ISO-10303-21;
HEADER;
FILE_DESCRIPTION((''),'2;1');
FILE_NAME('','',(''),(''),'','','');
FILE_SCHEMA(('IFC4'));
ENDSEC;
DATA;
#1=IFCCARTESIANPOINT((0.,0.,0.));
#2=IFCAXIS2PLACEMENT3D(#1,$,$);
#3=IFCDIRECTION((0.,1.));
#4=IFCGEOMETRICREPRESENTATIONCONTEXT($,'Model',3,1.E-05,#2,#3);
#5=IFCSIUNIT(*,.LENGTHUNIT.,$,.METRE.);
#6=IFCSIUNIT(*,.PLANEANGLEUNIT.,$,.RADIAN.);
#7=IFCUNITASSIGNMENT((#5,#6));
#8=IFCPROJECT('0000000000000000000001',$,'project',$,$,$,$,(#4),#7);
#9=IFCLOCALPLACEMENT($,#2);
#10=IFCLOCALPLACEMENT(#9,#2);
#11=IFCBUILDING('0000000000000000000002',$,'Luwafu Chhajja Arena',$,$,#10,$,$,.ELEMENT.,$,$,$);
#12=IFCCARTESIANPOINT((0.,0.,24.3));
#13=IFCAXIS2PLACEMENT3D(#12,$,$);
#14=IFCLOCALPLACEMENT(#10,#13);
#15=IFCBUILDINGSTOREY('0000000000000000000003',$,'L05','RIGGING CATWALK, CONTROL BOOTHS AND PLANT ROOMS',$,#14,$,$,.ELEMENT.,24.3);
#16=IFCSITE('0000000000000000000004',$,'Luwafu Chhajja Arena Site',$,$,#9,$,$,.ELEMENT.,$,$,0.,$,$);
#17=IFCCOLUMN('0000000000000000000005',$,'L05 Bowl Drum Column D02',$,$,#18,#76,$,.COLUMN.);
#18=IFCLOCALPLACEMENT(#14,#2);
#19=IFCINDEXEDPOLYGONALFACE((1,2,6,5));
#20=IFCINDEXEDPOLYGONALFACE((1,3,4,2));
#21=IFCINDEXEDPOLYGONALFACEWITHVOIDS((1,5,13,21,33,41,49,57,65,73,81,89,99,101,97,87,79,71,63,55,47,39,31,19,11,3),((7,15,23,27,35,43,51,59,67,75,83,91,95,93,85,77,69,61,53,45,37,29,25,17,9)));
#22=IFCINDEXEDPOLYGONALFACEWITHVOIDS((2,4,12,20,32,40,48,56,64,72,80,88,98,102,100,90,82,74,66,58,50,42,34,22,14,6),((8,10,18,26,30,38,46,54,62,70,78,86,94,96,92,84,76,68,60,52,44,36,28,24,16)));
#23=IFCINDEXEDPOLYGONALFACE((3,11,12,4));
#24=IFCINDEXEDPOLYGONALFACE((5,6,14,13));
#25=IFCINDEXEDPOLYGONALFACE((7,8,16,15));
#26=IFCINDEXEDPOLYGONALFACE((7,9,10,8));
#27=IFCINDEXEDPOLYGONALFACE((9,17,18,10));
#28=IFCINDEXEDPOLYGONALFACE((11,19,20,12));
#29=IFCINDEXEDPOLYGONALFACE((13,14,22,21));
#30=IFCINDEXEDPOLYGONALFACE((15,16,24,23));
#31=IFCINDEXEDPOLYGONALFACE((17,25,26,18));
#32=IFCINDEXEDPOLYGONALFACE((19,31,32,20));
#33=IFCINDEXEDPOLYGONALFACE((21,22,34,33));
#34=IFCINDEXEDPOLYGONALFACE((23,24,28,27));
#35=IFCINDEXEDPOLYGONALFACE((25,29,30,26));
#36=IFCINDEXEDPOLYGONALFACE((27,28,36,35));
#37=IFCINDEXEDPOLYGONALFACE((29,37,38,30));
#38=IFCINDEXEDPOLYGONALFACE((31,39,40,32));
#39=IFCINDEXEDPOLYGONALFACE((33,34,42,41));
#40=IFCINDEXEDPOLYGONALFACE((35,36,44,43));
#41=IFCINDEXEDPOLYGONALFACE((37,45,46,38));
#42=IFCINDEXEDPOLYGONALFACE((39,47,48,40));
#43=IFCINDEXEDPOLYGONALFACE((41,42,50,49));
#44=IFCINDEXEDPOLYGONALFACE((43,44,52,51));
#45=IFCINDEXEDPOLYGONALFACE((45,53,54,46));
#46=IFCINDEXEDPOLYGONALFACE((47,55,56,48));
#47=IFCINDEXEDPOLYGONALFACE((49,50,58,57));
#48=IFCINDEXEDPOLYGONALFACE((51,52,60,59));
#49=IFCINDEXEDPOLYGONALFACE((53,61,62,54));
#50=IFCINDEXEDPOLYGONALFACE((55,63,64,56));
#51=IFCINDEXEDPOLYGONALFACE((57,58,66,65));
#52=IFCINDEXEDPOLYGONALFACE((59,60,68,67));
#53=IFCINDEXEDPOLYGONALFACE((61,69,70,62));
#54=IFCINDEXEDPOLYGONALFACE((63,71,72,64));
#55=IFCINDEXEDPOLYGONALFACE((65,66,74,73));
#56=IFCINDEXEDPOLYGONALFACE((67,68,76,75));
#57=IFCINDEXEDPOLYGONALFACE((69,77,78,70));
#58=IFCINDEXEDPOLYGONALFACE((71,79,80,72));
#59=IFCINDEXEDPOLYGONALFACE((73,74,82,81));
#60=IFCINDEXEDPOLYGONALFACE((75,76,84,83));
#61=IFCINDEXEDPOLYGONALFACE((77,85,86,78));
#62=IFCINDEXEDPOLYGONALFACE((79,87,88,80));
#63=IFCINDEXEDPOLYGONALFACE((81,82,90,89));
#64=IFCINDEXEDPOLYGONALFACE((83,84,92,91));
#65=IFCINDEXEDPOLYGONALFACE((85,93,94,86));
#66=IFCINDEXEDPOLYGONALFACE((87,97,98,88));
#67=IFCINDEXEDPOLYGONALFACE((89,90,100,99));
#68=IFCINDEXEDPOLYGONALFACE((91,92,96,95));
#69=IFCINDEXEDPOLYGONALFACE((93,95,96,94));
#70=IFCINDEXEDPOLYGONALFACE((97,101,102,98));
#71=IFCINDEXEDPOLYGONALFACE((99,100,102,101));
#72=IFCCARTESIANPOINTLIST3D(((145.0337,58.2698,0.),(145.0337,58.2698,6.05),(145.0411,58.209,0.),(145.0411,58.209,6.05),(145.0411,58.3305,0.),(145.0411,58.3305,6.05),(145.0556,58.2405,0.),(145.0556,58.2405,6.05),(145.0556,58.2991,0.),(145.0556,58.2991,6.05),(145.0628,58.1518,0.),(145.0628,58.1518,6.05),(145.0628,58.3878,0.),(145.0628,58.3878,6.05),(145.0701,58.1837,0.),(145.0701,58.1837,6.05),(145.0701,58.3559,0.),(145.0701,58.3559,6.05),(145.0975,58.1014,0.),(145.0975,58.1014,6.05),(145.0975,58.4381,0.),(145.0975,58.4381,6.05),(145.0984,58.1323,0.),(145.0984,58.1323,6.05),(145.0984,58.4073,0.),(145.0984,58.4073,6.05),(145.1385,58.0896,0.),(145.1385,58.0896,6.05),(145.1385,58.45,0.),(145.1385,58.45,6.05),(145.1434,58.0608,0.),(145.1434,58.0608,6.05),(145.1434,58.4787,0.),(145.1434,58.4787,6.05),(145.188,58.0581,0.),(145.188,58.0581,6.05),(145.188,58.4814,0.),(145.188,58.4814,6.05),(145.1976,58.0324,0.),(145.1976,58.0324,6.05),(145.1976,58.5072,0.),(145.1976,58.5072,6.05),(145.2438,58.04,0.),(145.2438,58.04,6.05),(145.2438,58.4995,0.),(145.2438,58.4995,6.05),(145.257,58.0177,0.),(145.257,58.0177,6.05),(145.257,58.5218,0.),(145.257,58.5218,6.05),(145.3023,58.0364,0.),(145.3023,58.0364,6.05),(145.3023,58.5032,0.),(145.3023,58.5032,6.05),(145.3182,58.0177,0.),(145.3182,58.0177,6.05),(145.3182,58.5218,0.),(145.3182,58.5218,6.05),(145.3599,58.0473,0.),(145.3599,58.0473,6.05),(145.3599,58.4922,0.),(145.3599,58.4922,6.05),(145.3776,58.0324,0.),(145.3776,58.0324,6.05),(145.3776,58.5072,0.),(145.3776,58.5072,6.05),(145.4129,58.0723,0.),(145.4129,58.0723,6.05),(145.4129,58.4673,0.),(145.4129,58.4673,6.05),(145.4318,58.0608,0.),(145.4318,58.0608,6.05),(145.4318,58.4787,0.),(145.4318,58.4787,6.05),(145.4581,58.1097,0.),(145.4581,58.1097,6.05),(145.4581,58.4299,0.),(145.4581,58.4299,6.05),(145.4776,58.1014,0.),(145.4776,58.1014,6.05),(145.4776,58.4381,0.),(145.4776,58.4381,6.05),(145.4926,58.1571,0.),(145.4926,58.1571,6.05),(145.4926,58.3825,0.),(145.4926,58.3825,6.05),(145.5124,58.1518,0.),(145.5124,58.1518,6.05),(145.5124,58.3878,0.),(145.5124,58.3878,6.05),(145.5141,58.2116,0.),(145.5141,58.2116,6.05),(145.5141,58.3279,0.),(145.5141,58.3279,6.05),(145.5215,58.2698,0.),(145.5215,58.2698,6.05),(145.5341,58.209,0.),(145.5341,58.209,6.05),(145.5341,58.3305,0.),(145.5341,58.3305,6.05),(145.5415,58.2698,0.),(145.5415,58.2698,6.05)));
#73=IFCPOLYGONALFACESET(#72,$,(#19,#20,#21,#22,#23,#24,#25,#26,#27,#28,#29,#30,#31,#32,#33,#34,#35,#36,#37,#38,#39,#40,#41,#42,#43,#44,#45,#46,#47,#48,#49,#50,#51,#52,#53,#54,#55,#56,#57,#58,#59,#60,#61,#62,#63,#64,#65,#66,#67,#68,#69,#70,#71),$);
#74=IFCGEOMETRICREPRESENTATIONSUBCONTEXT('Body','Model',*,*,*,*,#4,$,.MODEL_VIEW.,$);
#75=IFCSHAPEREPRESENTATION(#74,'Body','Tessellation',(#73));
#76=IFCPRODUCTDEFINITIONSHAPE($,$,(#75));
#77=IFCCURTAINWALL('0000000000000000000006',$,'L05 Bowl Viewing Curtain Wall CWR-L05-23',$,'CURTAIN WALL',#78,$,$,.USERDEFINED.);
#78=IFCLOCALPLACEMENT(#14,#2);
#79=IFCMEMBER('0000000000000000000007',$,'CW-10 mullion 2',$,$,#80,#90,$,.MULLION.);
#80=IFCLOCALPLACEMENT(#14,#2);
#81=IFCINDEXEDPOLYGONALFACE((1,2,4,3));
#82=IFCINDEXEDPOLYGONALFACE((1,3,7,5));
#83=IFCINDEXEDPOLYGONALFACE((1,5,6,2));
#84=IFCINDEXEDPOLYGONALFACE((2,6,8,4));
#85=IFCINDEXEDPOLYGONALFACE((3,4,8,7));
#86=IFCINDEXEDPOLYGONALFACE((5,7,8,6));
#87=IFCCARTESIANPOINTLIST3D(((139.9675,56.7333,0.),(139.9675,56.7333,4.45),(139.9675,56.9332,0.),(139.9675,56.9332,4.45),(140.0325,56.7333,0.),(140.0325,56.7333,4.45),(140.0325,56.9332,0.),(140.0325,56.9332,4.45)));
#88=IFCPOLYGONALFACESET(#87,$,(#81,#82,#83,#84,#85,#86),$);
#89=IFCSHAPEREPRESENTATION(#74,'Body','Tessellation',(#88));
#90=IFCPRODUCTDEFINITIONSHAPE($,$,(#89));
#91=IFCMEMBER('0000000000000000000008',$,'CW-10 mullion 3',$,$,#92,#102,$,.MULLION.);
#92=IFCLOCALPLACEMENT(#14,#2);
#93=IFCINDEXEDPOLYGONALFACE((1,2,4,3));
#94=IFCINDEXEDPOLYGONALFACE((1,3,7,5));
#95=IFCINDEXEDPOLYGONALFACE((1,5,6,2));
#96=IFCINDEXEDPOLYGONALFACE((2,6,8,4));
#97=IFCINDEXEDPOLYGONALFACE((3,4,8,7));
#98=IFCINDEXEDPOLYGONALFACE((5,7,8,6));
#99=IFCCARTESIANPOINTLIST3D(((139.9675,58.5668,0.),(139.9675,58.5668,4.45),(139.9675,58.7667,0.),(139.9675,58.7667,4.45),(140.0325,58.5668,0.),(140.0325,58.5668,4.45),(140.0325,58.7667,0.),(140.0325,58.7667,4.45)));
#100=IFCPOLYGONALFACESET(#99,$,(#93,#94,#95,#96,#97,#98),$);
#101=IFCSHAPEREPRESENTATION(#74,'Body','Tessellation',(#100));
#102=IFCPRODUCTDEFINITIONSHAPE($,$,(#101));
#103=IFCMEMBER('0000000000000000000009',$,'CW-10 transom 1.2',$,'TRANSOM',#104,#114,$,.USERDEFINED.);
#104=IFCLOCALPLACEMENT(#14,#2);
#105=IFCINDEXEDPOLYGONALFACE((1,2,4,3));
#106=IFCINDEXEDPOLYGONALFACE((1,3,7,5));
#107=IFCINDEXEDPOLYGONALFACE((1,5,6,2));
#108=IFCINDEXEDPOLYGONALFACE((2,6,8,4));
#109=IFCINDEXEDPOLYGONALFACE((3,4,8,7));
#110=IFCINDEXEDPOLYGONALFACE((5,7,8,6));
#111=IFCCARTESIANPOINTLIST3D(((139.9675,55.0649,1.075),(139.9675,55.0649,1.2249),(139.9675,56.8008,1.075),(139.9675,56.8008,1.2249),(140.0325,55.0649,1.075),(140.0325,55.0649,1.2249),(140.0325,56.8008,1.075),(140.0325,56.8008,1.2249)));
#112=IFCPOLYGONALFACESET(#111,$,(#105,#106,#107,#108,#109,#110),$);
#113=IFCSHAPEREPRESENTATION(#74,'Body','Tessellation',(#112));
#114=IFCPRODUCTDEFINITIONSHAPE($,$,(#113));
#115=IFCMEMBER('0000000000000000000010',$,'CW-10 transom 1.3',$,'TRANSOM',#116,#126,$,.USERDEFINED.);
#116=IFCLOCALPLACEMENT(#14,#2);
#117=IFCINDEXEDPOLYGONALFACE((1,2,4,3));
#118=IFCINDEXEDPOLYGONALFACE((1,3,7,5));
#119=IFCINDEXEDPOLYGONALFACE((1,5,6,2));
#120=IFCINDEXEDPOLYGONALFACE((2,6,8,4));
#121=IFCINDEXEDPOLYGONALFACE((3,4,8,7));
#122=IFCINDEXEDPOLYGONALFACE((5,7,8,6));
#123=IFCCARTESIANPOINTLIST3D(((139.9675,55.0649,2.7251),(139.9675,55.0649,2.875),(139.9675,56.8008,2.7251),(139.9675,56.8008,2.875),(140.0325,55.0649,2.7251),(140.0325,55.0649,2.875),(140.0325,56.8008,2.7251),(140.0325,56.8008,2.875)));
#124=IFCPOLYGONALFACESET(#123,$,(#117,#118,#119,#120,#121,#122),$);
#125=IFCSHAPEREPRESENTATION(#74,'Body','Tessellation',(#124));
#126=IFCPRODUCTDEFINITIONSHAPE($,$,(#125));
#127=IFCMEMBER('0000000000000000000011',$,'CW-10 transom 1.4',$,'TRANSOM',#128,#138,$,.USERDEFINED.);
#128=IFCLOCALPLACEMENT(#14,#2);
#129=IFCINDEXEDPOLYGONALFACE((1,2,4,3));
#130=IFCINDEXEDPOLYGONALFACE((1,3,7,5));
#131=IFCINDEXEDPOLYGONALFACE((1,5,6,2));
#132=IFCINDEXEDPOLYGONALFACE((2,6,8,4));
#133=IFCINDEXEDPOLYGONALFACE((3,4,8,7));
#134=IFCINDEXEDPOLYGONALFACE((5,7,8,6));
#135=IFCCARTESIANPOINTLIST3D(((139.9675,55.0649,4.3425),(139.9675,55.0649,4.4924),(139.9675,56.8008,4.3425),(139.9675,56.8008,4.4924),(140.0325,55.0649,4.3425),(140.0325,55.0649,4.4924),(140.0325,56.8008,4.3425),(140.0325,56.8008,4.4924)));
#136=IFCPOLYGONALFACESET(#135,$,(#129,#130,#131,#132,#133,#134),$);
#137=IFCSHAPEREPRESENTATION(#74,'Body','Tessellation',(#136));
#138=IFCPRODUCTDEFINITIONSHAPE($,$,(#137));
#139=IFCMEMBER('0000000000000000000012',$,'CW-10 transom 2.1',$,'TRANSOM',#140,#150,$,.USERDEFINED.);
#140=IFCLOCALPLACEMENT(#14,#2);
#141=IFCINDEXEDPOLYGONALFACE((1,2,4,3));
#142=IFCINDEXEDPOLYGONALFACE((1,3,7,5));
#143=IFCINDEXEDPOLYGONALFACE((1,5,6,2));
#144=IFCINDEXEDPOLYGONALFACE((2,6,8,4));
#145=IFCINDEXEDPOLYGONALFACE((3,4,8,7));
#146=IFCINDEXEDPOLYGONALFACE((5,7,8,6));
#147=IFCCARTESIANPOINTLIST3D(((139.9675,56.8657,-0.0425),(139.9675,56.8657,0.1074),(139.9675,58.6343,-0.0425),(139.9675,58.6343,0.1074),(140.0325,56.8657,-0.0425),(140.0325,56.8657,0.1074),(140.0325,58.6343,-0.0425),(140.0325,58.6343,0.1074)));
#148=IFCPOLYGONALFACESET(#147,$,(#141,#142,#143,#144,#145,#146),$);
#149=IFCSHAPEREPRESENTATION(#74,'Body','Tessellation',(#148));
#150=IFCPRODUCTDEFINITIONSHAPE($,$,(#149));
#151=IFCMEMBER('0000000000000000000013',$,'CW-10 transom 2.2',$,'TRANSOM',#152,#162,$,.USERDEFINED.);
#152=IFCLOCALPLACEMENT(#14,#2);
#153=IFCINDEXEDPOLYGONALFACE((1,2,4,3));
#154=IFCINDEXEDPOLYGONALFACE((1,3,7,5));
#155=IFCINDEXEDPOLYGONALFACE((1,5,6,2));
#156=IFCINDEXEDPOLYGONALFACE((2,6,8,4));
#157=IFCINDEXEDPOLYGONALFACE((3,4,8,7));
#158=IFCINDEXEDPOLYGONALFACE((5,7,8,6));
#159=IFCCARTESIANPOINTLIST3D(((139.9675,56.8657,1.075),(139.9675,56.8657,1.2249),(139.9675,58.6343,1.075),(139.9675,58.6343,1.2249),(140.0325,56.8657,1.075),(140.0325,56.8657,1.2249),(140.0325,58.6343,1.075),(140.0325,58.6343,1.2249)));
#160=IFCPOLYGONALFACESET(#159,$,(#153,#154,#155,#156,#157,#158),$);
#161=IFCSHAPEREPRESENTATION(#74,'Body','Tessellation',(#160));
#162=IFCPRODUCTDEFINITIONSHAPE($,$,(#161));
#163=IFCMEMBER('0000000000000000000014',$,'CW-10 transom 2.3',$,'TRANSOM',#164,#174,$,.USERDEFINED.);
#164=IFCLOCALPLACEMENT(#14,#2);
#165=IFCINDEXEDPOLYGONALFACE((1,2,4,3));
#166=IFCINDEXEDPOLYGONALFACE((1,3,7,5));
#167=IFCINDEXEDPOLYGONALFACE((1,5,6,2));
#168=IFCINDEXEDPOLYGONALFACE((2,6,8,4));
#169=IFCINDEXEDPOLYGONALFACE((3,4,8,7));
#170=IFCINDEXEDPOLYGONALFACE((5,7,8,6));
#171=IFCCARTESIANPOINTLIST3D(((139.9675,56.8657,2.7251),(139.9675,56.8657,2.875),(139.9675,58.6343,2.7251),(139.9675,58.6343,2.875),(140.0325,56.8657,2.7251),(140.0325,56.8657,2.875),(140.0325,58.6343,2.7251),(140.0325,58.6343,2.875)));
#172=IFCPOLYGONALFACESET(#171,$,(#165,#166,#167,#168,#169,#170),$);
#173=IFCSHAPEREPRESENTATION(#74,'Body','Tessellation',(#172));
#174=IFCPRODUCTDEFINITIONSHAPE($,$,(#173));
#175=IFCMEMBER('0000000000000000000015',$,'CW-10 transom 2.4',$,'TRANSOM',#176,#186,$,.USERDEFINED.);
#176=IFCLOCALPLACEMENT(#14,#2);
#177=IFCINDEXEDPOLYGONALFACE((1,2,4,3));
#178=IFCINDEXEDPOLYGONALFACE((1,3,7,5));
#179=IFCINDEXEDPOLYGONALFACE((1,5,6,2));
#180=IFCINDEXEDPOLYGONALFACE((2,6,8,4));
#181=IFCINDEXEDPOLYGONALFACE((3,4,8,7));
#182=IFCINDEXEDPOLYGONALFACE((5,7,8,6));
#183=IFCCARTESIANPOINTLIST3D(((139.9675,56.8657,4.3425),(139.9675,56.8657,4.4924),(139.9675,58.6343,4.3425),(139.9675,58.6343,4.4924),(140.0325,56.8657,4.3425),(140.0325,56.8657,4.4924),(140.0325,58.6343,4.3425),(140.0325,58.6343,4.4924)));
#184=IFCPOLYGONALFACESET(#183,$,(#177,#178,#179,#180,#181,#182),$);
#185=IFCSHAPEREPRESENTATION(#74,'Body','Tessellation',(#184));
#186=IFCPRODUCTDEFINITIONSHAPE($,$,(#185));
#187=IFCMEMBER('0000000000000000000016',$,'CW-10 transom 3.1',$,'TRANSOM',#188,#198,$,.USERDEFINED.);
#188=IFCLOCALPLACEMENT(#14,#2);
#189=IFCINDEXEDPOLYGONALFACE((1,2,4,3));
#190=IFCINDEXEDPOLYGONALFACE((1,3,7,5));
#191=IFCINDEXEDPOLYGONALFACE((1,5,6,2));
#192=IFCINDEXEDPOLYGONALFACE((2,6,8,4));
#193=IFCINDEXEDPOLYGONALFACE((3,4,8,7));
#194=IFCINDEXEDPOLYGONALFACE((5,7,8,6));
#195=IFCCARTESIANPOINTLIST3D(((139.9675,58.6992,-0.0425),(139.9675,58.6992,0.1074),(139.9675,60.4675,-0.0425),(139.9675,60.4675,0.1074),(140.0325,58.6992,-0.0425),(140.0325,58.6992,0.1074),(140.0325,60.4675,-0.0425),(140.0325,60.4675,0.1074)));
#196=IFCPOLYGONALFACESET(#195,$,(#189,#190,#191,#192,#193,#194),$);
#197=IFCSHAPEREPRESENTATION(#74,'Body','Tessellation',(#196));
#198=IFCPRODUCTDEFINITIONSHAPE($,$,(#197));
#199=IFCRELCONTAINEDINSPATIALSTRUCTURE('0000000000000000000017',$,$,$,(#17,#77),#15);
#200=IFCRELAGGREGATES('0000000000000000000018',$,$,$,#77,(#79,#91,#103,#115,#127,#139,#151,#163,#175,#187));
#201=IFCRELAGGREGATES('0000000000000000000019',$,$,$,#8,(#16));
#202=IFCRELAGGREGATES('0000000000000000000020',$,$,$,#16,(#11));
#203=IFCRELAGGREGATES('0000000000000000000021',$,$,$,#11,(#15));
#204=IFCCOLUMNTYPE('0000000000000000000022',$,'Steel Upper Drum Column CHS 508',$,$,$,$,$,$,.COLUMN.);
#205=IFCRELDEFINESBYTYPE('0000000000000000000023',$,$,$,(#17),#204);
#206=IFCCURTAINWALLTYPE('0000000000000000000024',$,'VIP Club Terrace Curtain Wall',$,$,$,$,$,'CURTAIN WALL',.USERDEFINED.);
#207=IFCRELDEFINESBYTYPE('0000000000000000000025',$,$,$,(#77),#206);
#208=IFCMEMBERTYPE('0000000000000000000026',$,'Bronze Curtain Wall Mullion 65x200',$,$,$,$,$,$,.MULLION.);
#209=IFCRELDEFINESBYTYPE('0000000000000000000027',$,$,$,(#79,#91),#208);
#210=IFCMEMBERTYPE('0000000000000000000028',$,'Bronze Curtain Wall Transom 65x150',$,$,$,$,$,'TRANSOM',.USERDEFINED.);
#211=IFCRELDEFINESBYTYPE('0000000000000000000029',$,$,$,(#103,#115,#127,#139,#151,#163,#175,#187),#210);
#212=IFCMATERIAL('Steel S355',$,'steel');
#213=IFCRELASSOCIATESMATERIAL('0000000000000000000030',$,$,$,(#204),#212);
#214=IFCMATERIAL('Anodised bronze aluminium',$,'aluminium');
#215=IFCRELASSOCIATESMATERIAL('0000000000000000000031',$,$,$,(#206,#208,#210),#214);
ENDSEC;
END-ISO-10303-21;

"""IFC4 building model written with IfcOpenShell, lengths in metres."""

from ifc_helpers import new_model, si_unit, direction, frame, origin, origin_2d, place, context, subcontext, project, spatial, rectangle, hollow_circle, extrude, material, material_profile, profile_set, type_object, element, aggregate, save


model = new_model("IFC4")

# Units and contexts
model_context = context("Model", 3, precision=1e-05, world=origin(), true_north=direction((0.0, 1.0)))
body_context = subcontext(model_context, "Body", "Model", "MODEL_VIEW")
ifc_project = project(units=[si_unit("LENGTHUNIT", "METRE"), si_unit("PLANEANGLEUNIT", "RADIAN")], contexts=[model_context])

# Site, building, storey
site_placement = place(None, origin())
site = spatial("IfcSite", under=ifc_project, at=site_placement, Name="Luwafu Chhajja Arena Site", CompositionType="ELEMENT", RefElevation=0.0)
building_placement = place(site_placement, origin())
building = spatial("IfcBuilding", under=site, at=building_placement, Name="Luwafu Chhajja Arena", CompositionType="ELEMENT")
storey_placement = place(building_placement, frame((0.0, 0.0, 24.3)))
storey = spatial("IfcBuildingStorey", under=building, at=storey_placement, Name="L05", Description="RIGGING CATWALK, CONTROL BOOTHS AND PLANT ROOMS", CompositionType="ELEMENT", Elevation=24.3)

# Column
ifc_material_1 = material(Name="Steel S355", Category="steel")
ifc_material_profile_1 = material_profile(ifc_material_1, hollow_circle(Radius=0.2539, WallThickness=0.02, at=origin_2d()), Name="CHS 508x20")
ifc_profile_set_1 = profile_set([ifc_material_profile_1], Name="Steel S355")
column_type = type_object("IfcColumnType", Name="Steel Upper Drum Column CHS 508", PredefinedType="COLUMN", material=ifc_profile_set_1)
column_placement = place(storey_placement, frame((145.2876, 58.2698, 0.0), z_axis=(0.0, 0.0, 1.0), x_axis=(1.0, 0.0, 0.0)))
element("IfcColumn", 1, at=column_placement, inside=storey, type_object=column_type, Name="L05 Bowl Drum Column D02", PredefinedType="COLUMN", context=body_context, shape_type="SweptSolid", body=[
    extrude(hollow_circle(Radius=0.2539, WallThickness=0.02, at=origin_2d()), origin(), (0.0, 0.0, 1.0), 6.05),
])

# Curtain wall, members
ifc_material_2 = material(Name="Anodised bronze aluminium", Category="aluminium")
curtain_wall_type = type_object("IfcCurtainWallType", Name="VIP Club Terrace Curtain Wall", ElementType="CURTAIN WALL", PredefinedType="USERDEFINED", material=ifc_material_2)
curtain_wall_placement = place(storey_placement, origin())
curtain_wall = element("IfcCurtainWall", 2, at=curtain_wall_placement, inside=storey, type_object=curtain_wall_type, Name="L05 Bowl Viewing Curtain Wall CWR-L05-23", ObjectType="CURTAIN WALL", PredefinedType="USERDEFINED")
ifc_material_profile_2 = material_profile(ifc_material_2, rectangle(XDim=0.0649, YDim=0.2, at=origin_2d()), Name="CWM 65x200")
ifc_profile_set_2 = profile_set([ifc_material_profile_2], Name="Anodised bronze aluminium")
member_type_1 = type_object("IfcMemberType", Name="Bronze Curtain Wall Mullion 65x200", PredefinedType="MULLION", material=ifc_profile_set_2)
member_1_placement = place(storey_placement, frame((140.0, 56.8333, 0.0), z_axis=(0.0, 0.0, 1.0), x_axis=(-1.0, 0.0, 0.0)))
member_1 = element("IfcMember", 3, at=member_1_placement, type_object=member_type_1, Name="CW-10 mullion 2", PredefinedType="MULLION", context=body_context, shape_type="SweptSolid", body=[
    extrude(rectangle(XDim=0.0649, YDim=0.2, at=origin_2d()), origin(), (0.0, 0.0, 1.0), 4.45),
])
member_2_placement = place(storey_placement, frame((140.0, 58.6667, 0.0), z_axis=(0.0, 0.0, 1.0), x_axis=(-1.0, 0.0, 0.0)))
member_2 = element("IfcMember", 4, at=member_2_placement, type_object=member_type_1, Name="CW-10 mullion 3", PredefinedType="MULLION", context=body_context, shape_type="SweptSolid", body=[
    extrude(rectangle(XDim=0.0649, YDim=0.2, at=origin_2d()), origin(), (0.0, 0.0, 1.0), 4.45),
])
ifc_material_profile_3 = material_profile(ifc_material_2, rectangle(XDim=0.0649, YDim=0.1499, at=origin_2d()), Name="CWT 65x150")
ifc_profile_set_3 = profile_set([ifc_material_profile_3], Name="Anodised bronze aluminium")
member_type_2 = type_object("IfcMemberType", Name="Bronze Curtain Wall Transom 65x150", ElementType="TRANSOM", PredefinedType="USERDEFINED", material=ifc_profile_set_3)
member_3_placement = place(storey_placement, frame((140.0, 55.0649, 1.1499), z_axis=(0.0, 1.0, 0.0), x_axis=(-1.0, 0.0, 0.0)))
member_3 = element("IfcMember", 5, at=member_3_placement, type_object=member_type_2, Name="CW-10 transom 1.2", ObjectType="TRANSOM", PredefinedType="USERDEFINED", context=body_context, shape_type="SweptSolid", body=[
    extrude(rectangle(XDim=0.0649, YDim=0.1499, at=origin_2d()), origin(), (0.0, 0.0, 1.0), 1.7358),
])
member_4_placement = place(storey_placement, frame((140.0, 55.0649, 2.8), z_axis=(0.0, 1.0, 0.0), x_axis=(-1.0, 0.0, 0.0)))
member_4 = element("IfcMember", 6, at=member_4_placement, type_object=member_type_2, Name="CW-10 transom 1.3", ObjectType="TRANSOM", PredefinedType="USERDEFINED", context=body_context, shape_type="SweptSolid", body=[
    extrude(rectangle(XDim=0.0649, YDim=0.1499, at=origin_2d()), origin(), (0.0, 0.0, 1.0), 1.7358),
])
member_5_placement = place(storey_placement, frame((140.0, 55.0649, 4.4175), z_axis=(0.0, 1.0, 0.0), x_axis=(-1.0, 0.0, 0.0)))
member_5 = element("IfcMember", 7, at=member_5_placement, type_object=member_type_2, Name="CW-10 transom 1.4", ObjectType="TRANSOM", PredefinedType="USERDEFINED", context=body_context, shape_type="SweptSolid", body=[
    extrude(rectangle(XDim=0.0649, YDim=0.1499, at=origin_2d()), origin(), (0.0, 0.0, 1.0), 1.7358),
])
member_6_placement = place(storey_placement, frame((140.0, 56.8657, 0.0325), z_axis=(0.0, 1.0, 0.0), x_axis=(-1.0, 0.0, 0.0)))
member_6 = element("IfcMember", 8, at=member_6_placement, type_object=member_type_2, Name="CW-10 transom 2.1", ObjectType="TRANSOM", PredefinedType="USERDEFINED", context=body_context, shape_type="SweptSolid", body=[
    extrude(rectangle(XDim=0.0649, YDim=0.1499, at=origin_2d()), origin(), (0.0, 0.0, 1.0), 1.7686),
])
member_7_placement = place(storey_placement, frame((140.0, 56.8657, 1.1499), z_axis=(0.0, 1.0, 0.0), x_axis=(-1.0, 0.0, 0.0)))
member_7 = element("IfcMember", 9, at=member_7_placement, type_object=member_type_2, Name="CW-10 transom 2.2", ObjectType="TRANSOM", PredefinedType="USERDEFINED", context=body_context, shape_type="SweptSolid", body=[
    extrude(rectangle(XDim=0.0649, YDim=0.1499, at=origin_2d()), origin(), (0.0, 0.0, 1.0), 1.7686),
])
member_8_placement = place(storey_placement, frame((140.0, 56.8657, 2.8), z_axis=(0.0, 1.0, 0.0), x_axis=(-1.0, 0.0, 0.0)))
member_8 = element("IfcMember", 10, at=member_8_placement, type_object=member_type_2, Name="CW-10 transom 2.3", ObjectType="TRANSOM", PredefinedType="USERDEFINED", context=body_context, shape_type="SweptSolid", body=[
    extrude(rectangle(XDim=0.0649, YDim=0.1499, at=origin_2d()), origin(), (0.0, 0.0, 1.0), 1.7686),
])
member_9_placement = place(storey_placement, frame((140.0, 56.8657, 4.4175), z_axis=(0.0, 1.0, 0.0), x_axis=(-1.0, 0.0, 0.0)))
member_9 = element("IfcMember", 11, at=member_9_placement, type_object=member_type_2, Name="CW-10 transom 2.4", ObjectType="TRANSOM", PredefinedType="USERDEFINED", context=body_context, shape_type="SweptSolid", body=[
    extrude(rectangle(XDim=0.0649, YDim=0.1499, at=origin_2d()), origin(), (0.0, 0.0, 1.0), 1.7686),
])
member_10_placement = place(storey_placement, frame((140.0, 58.6992, 0.0325), z_axis=(0.0, 1.0, 0.0), x_axis=(-1.0, 0.0, 0.0)))
member_10 = element("IfcMember", 12, at=member_10_placement, type_object=member_type_2, Name="CW-10 transom 3.1", ObjectType="TRANSOM", PredefinedType="USERDEFINED", context=body_context, shape_type="SweptSolid", body=[
    extrude(rectangle(XDim=0.0649, YDim=0.1499, at=origin_2d()), origin(), (0.0, 0.0, 1.0), 1.7683),
])

aggregate(curtain_wall, [member_1, member_2, member_3, member_4, member_5, member_6, member_7, member_8, member_9, member_10])

save(model, "model.ifc")
